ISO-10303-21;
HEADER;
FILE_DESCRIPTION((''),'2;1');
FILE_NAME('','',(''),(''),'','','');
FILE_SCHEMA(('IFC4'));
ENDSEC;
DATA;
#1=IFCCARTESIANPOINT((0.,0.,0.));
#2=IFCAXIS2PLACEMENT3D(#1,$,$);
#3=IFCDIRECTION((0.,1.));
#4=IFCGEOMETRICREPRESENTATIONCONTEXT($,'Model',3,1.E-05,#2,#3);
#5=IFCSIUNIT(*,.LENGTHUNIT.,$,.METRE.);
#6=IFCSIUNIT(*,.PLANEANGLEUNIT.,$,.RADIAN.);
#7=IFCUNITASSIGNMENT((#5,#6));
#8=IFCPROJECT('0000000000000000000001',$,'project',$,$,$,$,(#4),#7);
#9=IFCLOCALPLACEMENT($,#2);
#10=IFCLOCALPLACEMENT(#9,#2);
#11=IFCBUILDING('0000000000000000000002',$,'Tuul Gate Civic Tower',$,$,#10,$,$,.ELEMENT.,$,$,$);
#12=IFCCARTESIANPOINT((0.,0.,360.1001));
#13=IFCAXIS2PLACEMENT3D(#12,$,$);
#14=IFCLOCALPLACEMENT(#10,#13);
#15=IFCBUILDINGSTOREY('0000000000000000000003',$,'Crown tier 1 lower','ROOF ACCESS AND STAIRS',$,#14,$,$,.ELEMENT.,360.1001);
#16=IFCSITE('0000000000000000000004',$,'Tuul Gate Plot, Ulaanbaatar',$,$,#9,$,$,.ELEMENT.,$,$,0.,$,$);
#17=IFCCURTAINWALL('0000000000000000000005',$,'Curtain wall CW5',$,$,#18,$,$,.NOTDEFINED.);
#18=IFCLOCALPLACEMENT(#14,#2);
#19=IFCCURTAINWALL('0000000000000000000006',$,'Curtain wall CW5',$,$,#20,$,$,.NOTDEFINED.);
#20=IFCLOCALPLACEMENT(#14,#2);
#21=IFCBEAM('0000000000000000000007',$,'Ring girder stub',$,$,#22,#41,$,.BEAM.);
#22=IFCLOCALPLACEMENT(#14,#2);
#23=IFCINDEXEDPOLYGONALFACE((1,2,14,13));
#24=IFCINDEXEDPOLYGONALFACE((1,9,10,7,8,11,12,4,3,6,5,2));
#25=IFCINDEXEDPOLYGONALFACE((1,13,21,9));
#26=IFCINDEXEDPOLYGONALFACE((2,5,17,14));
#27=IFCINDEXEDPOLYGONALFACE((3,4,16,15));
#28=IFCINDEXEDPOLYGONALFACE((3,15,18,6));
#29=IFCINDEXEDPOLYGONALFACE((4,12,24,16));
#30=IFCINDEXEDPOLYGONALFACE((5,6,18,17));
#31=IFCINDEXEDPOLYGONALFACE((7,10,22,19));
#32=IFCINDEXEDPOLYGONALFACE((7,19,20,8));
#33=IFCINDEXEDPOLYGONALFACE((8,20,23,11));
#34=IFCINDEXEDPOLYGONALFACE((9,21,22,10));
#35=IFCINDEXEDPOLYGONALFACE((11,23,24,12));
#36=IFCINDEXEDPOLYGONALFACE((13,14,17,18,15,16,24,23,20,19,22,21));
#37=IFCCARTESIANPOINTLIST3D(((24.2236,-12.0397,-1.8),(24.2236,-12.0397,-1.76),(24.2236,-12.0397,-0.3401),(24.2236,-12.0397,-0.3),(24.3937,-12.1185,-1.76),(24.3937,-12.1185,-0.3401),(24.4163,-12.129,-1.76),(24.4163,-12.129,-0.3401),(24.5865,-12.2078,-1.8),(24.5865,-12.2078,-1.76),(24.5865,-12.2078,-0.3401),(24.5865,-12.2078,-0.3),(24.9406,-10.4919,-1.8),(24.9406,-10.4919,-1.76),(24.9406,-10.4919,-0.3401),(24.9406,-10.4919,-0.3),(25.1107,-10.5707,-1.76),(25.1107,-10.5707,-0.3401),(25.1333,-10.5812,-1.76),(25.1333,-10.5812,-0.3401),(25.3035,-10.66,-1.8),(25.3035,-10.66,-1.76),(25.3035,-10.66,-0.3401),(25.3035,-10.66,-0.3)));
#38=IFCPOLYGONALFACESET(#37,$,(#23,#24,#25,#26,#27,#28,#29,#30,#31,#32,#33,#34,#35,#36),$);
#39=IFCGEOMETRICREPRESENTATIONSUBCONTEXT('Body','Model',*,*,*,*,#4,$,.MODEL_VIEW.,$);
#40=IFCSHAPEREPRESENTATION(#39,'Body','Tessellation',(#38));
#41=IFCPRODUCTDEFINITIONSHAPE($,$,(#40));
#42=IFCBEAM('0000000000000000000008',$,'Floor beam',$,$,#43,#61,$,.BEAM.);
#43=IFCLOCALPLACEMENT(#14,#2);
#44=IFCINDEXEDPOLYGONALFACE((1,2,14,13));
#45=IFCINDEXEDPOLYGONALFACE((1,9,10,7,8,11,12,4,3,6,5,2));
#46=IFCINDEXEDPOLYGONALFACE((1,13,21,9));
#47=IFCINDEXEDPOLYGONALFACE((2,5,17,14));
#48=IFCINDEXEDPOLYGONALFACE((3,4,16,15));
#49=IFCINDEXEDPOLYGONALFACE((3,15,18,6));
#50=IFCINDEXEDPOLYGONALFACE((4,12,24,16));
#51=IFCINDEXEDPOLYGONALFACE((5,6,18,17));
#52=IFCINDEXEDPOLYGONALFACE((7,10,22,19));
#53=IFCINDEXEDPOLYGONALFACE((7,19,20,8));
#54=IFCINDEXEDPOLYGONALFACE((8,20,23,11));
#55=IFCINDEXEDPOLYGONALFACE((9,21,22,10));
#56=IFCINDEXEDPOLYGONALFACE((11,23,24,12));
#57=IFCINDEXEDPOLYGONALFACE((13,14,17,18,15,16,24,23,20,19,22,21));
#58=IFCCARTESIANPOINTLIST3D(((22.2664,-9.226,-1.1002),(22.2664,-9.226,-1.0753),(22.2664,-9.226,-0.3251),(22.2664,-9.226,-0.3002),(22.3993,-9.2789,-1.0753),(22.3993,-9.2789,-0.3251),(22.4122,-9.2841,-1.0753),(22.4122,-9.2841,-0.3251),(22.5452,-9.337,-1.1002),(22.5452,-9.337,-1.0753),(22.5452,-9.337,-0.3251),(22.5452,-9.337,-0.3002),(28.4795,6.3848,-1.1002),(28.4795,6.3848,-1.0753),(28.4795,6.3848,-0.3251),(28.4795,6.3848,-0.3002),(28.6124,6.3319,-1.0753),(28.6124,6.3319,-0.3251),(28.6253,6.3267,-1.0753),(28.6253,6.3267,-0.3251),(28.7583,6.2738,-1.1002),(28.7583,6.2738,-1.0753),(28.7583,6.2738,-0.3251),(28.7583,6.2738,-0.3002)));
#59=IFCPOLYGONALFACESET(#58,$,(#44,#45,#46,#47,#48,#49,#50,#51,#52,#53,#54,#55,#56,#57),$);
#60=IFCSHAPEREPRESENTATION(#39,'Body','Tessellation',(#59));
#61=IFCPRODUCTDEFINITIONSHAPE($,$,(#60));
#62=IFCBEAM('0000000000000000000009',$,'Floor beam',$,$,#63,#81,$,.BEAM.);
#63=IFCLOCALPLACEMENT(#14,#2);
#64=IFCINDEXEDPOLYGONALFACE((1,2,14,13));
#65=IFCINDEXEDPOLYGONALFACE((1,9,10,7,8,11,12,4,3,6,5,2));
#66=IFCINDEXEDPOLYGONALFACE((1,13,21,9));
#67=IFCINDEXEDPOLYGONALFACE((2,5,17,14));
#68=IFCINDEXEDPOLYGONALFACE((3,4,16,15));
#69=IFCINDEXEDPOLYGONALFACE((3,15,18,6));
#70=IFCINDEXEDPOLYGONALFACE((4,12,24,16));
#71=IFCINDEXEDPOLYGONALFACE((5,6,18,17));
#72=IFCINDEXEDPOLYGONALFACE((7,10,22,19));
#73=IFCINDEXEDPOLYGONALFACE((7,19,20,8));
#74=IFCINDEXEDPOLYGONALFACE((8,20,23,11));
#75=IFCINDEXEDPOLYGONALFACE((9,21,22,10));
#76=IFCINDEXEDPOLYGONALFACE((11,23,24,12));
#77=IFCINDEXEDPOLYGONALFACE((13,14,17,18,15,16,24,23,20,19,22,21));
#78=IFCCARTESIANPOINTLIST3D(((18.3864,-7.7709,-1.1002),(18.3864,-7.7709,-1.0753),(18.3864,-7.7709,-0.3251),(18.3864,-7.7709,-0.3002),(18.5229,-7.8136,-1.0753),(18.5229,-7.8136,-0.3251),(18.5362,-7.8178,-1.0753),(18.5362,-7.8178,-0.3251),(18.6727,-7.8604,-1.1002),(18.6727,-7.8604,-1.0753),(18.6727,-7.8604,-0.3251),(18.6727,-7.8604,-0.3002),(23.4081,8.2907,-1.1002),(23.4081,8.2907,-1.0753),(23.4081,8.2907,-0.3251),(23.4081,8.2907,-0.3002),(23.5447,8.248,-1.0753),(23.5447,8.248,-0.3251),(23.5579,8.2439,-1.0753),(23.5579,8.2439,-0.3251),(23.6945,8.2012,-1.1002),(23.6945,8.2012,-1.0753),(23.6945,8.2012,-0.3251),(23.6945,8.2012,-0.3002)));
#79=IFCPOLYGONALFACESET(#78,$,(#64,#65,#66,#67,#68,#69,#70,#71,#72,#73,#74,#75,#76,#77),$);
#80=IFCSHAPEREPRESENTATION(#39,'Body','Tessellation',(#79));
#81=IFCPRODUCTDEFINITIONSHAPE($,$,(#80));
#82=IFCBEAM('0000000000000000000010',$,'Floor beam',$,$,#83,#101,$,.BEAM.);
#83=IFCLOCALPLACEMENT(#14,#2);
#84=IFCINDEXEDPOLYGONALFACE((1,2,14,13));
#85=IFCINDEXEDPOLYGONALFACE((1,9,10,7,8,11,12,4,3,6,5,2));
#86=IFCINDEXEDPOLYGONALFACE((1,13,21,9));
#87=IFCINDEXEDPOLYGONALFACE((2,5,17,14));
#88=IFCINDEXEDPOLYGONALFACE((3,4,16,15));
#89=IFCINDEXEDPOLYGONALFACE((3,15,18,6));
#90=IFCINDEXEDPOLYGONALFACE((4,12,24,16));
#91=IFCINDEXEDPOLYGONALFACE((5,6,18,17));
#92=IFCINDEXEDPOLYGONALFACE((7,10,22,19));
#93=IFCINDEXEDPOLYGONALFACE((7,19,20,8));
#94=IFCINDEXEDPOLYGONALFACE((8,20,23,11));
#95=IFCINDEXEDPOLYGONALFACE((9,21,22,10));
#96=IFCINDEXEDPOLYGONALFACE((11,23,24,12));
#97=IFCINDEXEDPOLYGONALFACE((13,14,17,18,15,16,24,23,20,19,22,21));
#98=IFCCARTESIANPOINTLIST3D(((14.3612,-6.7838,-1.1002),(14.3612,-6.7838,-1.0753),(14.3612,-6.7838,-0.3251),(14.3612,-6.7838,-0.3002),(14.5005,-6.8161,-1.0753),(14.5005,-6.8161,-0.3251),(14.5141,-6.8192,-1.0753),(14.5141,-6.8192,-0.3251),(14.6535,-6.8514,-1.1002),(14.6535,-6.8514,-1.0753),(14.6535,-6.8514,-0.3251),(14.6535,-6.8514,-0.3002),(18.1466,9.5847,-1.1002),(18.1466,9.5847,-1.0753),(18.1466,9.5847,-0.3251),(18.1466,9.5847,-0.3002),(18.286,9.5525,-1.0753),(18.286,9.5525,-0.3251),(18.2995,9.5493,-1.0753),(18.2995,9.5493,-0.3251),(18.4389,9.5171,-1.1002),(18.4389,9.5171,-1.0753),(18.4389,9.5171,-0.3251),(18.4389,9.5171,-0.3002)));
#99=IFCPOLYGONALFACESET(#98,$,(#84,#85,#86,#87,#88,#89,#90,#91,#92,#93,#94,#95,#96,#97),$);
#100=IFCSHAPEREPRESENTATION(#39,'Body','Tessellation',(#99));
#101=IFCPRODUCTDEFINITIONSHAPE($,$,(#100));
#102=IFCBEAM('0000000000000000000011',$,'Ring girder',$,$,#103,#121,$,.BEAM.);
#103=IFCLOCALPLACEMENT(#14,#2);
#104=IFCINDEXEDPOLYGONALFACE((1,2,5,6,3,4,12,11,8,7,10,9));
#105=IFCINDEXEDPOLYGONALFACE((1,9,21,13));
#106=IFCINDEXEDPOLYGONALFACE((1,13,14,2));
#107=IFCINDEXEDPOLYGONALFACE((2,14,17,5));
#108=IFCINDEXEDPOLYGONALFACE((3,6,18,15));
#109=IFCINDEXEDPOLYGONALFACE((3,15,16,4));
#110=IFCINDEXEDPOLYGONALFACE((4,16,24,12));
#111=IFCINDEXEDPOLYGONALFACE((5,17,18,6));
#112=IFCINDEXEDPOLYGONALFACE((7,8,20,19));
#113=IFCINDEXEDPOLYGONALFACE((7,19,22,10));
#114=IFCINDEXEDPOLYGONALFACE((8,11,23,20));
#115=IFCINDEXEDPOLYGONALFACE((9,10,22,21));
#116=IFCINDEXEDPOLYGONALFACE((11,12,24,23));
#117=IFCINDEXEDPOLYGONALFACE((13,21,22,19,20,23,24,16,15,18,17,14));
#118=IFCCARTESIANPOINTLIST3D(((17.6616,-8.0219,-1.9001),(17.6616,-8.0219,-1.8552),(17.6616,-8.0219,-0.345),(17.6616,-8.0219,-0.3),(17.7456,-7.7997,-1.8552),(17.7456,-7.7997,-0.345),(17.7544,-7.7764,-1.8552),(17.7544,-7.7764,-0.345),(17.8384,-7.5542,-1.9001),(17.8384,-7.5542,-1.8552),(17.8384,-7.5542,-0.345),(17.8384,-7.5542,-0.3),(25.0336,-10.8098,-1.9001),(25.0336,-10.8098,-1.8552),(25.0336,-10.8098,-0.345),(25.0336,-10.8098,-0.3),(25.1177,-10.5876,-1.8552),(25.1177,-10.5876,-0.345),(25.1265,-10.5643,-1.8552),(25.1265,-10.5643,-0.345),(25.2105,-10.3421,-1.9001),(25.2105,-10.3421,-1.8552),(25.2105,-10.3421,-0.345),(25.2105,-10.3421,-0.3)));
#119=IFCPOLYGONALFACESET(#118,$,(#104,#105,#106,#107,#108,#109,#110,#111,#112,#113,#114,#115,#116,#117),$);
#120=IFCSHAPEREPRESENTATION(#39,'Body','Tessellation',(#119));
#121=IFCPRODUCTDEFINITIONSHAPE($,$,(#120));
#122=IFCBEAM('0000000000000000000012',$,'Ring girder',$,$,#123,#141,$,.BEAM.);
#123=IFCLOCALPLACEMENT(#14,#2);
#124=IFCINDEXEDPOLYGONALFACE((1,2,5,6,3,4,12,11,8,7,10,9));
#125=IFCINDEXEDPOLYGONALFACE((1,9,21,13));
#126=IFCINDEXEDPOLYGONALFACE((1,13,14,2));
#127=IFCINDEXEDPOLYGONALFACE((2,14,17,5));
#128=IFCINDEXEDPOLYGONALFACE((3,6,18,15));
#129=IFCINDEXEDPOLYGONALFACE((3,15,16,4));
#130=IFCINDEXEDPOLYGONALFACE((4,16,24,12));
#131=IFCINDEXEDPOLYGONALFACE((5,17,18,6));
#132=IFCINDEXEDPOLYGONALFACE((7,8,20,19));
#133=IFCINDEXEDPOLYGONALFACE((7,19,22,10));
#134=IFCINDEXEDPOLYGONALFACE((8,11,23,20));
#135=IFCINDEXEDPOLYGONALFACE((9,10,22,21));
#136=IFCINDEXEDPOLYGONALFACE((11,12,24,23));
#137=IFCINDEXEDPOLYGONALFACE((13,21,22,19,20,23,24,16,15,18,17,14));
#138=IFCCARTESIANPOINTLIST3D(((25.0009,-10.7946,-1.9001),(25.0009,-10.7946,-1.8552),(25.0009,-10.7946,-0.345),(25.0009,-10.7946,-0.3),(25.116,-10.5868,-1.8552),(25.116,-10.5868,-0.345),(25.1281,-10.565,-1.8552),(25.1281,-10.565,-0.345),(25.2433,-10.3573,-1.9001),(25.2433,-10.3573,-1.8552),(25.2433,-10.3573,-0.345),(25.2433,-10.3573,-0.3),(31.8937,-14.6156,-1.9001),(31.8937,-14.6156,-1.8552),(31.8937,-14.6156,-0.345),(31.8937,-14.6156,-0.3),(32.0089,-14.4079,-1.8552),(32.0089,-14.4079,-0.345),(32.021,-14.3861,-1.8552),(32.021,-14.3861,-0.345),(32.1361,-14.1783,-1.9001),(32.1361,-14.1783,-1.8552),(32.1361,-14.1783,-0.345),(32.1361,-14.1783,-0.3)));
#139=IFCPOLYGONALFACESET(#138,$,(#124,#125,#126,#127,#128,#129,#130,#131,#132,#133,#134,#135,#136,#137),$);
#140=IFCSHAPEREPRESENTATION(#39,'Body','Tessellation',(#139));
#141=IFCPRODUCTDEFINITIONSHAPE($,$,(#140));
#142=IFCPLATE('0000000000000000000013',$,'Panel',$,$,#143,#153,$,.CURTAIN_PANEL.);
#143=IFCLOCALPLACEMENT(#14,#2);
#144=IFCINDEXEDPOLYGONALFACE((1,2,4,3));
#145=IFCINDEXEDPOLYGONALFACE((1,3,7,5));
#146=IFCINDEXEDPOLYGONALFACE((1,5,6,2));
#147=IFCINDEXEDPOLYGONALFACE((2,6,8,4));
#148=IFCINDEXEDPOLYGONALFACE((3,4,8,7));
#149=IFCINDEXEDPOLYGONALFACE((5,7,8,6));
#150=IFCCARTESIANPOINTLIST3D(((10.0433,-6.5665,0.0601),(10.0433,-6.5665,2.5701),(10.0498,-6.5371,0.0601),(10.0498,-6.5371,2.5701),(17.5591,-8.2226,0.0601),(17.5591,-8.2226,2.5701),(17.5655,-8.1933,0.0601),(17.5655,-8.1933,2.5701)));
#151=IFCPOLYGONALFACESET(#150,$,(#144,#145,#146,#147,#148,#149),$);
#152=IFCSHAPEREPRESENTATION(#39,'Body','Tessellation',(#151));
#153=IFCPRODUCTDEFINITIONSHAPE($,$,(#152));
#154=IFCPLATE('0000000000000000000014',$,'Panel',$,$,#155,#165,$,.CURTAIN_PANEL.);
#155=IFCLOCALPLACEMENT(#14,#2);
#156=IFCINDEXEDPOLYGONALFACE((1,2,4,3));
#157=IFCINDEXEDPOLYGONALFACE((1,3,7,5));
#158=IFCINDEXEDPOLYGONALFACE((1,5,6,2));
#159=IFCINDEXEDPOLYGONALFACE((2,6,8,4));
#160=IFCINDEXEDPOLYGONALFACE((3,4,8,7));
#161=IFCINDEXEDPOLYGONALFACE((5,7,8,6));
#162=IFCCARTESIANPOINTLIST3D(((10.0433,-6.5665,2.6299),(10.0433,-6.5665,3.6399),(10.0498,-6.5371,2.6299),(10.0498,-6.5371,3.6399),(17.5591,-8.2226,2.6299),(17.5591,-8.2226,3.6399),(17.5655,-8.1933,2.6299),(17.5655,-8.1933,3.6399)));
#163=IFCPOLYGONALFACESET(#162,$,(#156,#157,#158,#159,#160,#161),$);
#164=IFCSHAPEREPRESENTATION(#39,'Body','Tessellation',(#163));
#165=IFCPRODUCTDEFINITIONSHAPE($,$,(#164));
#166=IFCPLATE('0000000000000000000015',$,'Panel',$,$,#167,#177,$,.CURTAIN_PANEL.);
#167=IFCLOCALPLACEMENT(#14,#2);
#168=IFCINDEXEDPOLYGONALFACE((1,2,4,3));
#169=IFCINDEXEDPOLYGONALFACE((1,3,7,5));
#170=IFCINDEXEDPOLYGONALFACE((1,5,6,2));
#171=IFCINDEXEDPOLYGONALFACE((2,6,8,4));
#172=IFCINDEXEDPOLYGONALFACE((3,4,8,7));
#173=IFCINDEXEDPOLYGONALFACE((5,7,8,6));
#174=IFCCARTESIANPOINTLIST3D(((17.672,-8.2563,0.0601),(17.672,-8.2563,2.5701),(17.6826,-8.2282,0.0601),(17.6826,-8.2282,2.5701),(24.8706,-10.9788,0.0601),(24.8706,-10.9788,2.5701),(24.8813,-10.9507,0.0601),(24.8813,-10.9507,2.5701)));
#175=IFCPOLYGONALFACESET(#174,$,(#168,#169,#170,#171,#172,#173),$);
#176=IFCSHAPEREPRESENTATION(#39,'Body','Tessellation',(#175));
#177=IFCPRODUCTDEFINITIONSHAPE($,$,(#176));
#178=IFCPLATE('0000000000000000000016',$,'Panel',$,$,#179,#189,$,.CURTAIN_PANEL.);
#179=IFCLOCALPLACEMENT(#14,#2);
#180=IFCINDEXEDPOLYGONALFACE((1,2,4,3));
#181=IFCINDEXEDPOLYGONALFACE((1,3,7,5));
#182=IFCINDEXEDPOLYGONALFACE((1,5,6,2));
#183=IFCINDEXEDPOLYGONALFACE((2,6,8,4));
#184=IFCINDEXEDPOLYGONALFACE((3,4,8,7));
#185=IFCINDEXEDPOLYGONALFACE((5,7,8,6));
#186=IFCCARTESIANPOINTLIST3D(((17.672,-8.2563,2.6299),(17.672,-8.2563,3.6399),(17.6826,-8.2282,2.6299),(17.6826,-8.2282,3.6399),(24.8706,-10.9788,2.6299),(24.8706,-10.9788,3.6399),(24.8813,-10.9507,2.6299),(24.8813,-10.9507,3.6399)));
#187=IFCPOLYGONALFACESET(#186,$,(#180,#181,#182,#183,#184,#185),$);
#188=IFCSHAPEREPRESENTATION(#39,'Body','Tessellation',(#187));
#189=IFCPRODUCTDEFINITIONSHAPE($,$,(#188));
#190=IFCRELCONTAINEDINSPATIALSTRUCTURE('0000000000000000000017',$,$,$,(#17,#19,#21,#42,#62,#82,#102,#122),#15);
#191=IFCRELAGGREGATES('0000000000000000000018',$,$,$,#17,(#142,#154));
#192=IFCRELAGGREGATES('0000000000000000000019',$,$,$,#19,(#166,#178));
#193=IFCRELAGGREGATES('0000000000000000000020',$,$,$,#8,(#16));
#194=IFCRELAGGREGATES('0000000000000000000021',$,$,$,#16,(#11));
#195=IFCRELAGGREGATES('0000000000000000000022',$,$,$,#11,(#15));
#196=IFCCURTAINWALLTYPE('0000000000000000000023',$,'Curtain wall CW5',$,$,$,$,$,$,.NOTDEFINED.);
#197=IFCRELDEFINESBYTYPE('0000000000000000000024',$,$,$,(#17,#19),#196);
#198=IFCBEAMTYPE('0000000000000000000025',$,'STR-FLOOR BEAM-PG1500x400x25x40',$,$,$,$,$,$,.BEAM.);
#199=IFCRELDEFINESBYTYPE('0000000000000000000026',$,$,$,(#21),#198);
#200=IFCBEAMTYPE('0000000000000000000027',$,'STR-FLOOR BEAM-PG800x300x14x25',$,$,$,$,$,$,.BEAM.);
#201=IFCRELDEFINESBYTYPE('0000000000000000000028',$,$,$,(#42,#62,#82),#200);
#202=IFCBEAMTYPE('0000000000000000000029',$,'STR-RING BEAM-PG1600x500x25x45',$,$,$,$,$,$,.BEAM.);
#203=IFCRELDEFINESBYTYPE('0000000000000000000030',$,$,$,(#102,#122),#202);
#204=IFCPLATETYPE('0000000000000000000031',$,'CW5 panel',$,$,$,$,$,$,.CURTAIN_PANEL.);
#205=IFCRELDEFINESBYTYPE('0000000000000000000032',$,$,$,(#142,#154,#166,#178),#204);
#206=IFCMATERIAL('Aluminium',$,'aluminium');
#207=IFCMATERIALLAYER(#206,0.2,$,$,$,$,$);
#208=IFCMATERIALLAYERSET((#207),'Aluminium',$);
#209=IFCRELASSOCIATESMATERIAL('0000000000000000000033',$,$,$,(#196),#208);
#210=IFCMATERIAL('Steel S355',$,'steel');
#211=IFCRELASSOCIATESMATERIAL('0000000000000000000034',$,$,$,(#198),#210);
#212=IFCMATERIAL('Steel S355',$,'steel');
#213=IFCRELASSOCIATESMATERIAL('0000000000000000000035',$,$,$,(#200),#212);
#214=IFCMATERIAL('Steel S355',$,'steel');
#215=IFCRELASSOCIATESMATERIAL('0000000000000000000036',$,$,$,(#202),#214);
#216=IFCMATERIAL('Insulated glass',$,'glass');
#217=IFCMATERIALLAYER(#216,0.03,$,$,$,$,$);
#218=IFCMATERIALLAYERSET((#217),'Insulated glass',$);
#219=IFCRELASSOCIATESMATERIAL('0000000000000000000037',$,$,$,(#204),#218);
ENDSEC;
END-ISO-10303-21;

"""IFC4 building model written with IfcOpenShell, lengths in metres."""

from ifc_helpers import new_model, si_unit, direction, frame, origin, origin_2d, place, context, subcontext, project, spatial, rectangle, i_section, extrude, material, layer, layer_set, material_profile, profile_set, type_object, element, aggregate, save


model = new_model("IFC4")

# Units and contexts
model_context = context("Model", 3, precision=1e-05, world=origin(), true_north=direction((0.0, 1.0)))
body_context = subcontext(model_context, "Body", "Model", "MODEL_VIEW")
ifc_project = project(units=[si_unit("LENGTHUNIT", "METRE"), si_unit("PLANEANGLEUNIT", "RADIAN")], contexts=[model_context])

# Site, building, storey
site_placement = place(None, origin())
site = spatial("IfcSite", under=ifc_project, at=site_placement, Name="Tuul Gate Plot, Ulaanbaatar", CompositionType="ELEMENT", RefElevation=0.0)
building_placement = place(site_placement, origin())
building = spatial("IfcBuilding", under=site, at=building_placement, Name="Tuul Gate Civic Tower", CompositionType="ELEMENT")
storey_placement = place(building_placement, frame((0.0, 0.0, 360.1001)))
storey = spatial("IfcBuildingStorey", under=building, at=storey_placement, Name="Crown tier 1 lower", Description="ROOF ACCESS AND STAIRS", CompositionType="ELEMENT", Elevation=360.1001)

# Curtain wall
ifc_material_1 = material(Name="Aluminium", Category="aluminium")
ifc_layer_1 = layer(ifc_material_1, 0.2)
ifc_layer_set_1 = layer_set([ifc_layer_1], Name="Aluminium")
curtain_wall_type = type_object("IfcCurtainWallType", Name="Curtain wall CW5", PredefinedType="NOTDEFINED", material=ifc_layer_set_1)
curtain_wall_1_placement = place(storey_placement, origin())
curtain_wall_1 = element("IfcCurtainWall", 1, at=curtain_wall_1_placement, inside=storey, type_object=curtain_wall_type, Name="Curtain wall CW5", PredefinedType="NOTDEFINED")

# Curtain wall
curtain_wall_2_placement = place(storey_placement, origin())
curtain_wall_2 = element("IfcCurtainWall", 2, at=curtain_wall_2_placement, inside=storey, type_object=curtain_wall_type, Name="Curtain wall CW5", PredefinedType="NOTDEFINED")

# Beams
ifc_material_2 = material(Name="Steel S355", Category="steel")
ifc_material_profile_1 = material_profile(ifc_material_2, i_section(OverallWidth=0.3999, OverallDepth=1.5, WebThickness=0.0249, FlangeThickness=0.04, at=origin_2d()), Name="PG1500x400x25x40")
ifc_profile_set_1 = profile_set([ifc_material_profile_1], Name="Steel S355")
beam_type_1 = type_object("IfcBeamType", Name="STR-FLOOR BEAM-PG1500x400x25x40", PredefinedType="BEAM", material=ifc_profile_set_1)
beam_1_placement = place(storey_placement, frame((24.405, -12.1238, -1.05), z_axis=(0.420337, 0.907368, 0.0), x_axis=(-0.907368, 0.420337, 0.0)))
element("IfcBeam", 3, at=beam_1_placement, inside=storey, type_object=beam_type_1, Name="Ring girder stub", PredefinedType="BEAM", context=body_context, shape_type="SweptSolid", body=[
    extrude(i_section(OverallWidth=0.3999, OverallDepth=1.5, WebThickness=0.0249, FlangeThickness=0.04, at=origin_2d()), origin(), (0.0, 0.0, 1.0), 1.7058),
])
ifc_material_3 = material(Name="Steel S355", Category="steel")
ifc_material_profile_2 = material_profile(ifc_material_3, i_section(OverallWidth=0.3, OverallDepth=0.8, WebThickness=0.0139, FlangeThickness=0.0249, at=origin_2d()), Name="PG800x300x14x25")
ifc_profile_set_2 = profile_set([ifc_material_profile_2], Name="Steel S355")
beam_type_2 = type_object("IfcBeamType", Name="STR-FLOOR BEAM-PG800x300x14x25", PredefinedType="BEAM", material=ifc_profile_set_2)
beam_2_placement = place(storey_placement, frame((22.4058, -9.2815, -0.7002), z_axis=(0.369789, 0.929116, 0.0), x_axis=(-0.929116, 0.369789, 0.0)))
element("IfcBeam", 4, at=beam_2_placement, inside=storey, type_object=beam_type_2, Name="Floor beam", PredefinedType="BEAM", context=body_context, shape_type="SweptSolid", body=[
    extrude(i_section(OverallWidth=0.3, OverallDepth=0.8, WebThickness=0.0139, FlangeThickness=0.0249, at=origin_2d()), origin(), (0.0, 0.0, 1.0), 16.8018),
])
beam_3_placement = place(storey_placement, frame((18.5295, -7.8157, -0.7002), z_axis=(0.29841, 0.954438, 0.0), x_axis=(-0.954438, 0.29841, 0.0)))
element("IfcBeam", 5, at=beam_3_placement, inside=storey, type_object=beam_type_2, Name="Floor beam", PredefinedType="BEAM", context=body_context, shape_type="SweptSolid", body=[
    extrude(i_section(OverallWidth=0.3, OverallDepth=0.8, WebThickness=0.0139, FlangeThickness=0.0249, at=origin_2d()), origin(), (0.0, 0.0, 1.0), 16.8284),
])
beam_4_placement = place(storey_placement, frame((14.5073, -6.8176, -0.7002), z_axis=(0.225316, 0.974286, 0.0), x_axis=(-0.974286, 0.225316, 0.0)))
element("IfcBeam", 6, at=beam_4_placement, inside=storey, type_object=beam_type_2, Name="Floor beam", PredefinedType="BEAM", context=body_context, shape_type="SweptSolid", body=[
    extrude(i_section(OverallWidth=0.3, OverallDepth=0.8, WebThickness=0.0139, FlangeThickness=0.0249, at=origin_2d()), origin(), (0.0, 0.0, 1.0), 16.8005),
])
ifc_material_4 = material(Name="Steel S355", Category="steel")
ifc_material_profile_3 = material_profile(ifc_material_4, i_section(OverallWidth=0.5, OverallDepth=1.6001, WebThickness=0.0249, FlangeThickness=0.0449, at=origin_2d()), Name="PG1600x500x25x45")
ifc_profile_set_3 = profile_set([ifc_material_profile_3], Name="Steel S355")
beam_type_3 = type_object("IfcBeamType", Name="STR-RING BEAM-PG1600x500x25x45", PredefinedType="BEAM", material=ifc_profile_set_3)
beam_5_placement = place(storey_placement, frame((17.75, -7.7881, -1.1001), z_axis=(0.935353, -0.353716, 0.0), x_axis=(0.353716, 0.935353, 0.0)))
element("IfcBeam", 7, at=beam_5_placement, inside=storey, type_object=beam_type_3, Name="Ring girder", PredefinedType="BEAM", context=body_context, shape_type="SweptSolid", body=[
    extrude(i_section(OverallWidth=0.5, OverallDepth=1.6001, WebThickness=0.0249, FlangeThickness=0.0449, at=origin_2d()), origin(), (0.0, 0.0, 1.0), 7.8816),
])
beam_6_placement = place(storey_placement, frame((25.1221, -10.5759, -1.1001), z_axis=(0.874604, -0.484838, 0.0), x_axis=(0.484838, 0.874604, 0.0)))
element("IfcBeam", 8, at=beam_6_placement, inside=storey, type_object=beam_type_3, Name="Ring girder", PredefinedType="BEAM", context=body_context, shape_type="SweptSolid", body=[
    extrude(i_section(OverallWidth=0.5, OverallDepth=1.6001, WebThickness=0.0249, FlangeThickness=0.0449, at=origin_2d()), origin(), (0.0, 0.0, 1.0), 7.8811),
])

# Plates
ifc_material_5 = material(Name="Insulated glass", Category="glass")
ifc_layer_2 = layer(ifc_material_5, 0.03)
ifc_layer_set_2 = layer_set([ifc_layer_2], Name="Insulated glass")
plate_type = type_object("IfcPlateType", Name="CW5 panel", PredefinedType="CURTAIN_PANEL", material=ifc_layer_set_2)
plate_1_placement = place(storey_placement, frame((13.8044, -7.3799, 0.0601), z_axis=(0.0, 0.0, 1.0), x_axis=(0.976571, -0.215196, 0.0)))
plate_1 = element("IfcPlate", 9, at=plate_1_placement, type_object=plate_type, Name="Panel", PredefinedType="CURTAIN_PANEL", context=body_context, shape_type="SweptSolid", body=[
    extrude(rectangle(XDim=7.696, YDim=0.03, at=origin_2d()), origin(), (0.0, 0.0, 1.0), 2.51),
])
plate_2_placement = place(storey_placement, frame((13.8044, -7.3799, 2.6299), z_axis=(0.0, 0.0, 1.0), x_axis=(0.976571, -0.215196, 0.0)))
plate_2 = element("IfcPlate", 10, at=plate_2_placement, type_object=plate_type, Name="Panel", PredefinedType="CURTAIN_PANEL", context=body_context, shape_type="SweptSolid", body=[
    extrude(rectangle(XDim=7.696, YDim=0.03, at=origin_2d()), origin(), (0.0, 0.0, 1.0), 1.01),
])
aggregate(curtain_wall_1, [plate_1, plate_2])
plate_3_placement = place(storey_placement, frame((21.2766, -9.6035, 0.0601), z_axis=(0.0, 0.0, 1.0), x_axis=(0.935342, -0.353744, 0.0)))
plate_3 = element("IfcPlate", 11, at=plate_3_placement, type_object=plate_type, Name="Panel", PredefinedType="CURTAIN_PANEL", context=body_context, shape_type="SweptSolid", body=[
    extrude(rectangle(XDim=7.6963, YDim=0.03, at=origin_2d()), origin(), (0.0, 0.0, 1.0), 2.51),
])
plate_4_placement = place(storey_placement, frame((21.2766, -9.6035, 2.6299), z_axis=(0.0, 0.0, 1.0), x_axis=(0.935342, -0.353744, 0.0)))
plate_4 = element("IfcPlate", 12, at=plate_4_placement, type_object=plate_type, Name="Panel", PredefinedType="CURTAIN_PANEL", context=body_context, shape_type="SweptSolid", body=[
    extrude(rectangle(XDim=7.6963, YDim=0.03, at=origin_2d()), origin(), (0.0, 0.0, 1.0), 1.01),
])
aggregate(curtain_wall_2, [plate_3, plate_4])

save(model, "model.ifc")
